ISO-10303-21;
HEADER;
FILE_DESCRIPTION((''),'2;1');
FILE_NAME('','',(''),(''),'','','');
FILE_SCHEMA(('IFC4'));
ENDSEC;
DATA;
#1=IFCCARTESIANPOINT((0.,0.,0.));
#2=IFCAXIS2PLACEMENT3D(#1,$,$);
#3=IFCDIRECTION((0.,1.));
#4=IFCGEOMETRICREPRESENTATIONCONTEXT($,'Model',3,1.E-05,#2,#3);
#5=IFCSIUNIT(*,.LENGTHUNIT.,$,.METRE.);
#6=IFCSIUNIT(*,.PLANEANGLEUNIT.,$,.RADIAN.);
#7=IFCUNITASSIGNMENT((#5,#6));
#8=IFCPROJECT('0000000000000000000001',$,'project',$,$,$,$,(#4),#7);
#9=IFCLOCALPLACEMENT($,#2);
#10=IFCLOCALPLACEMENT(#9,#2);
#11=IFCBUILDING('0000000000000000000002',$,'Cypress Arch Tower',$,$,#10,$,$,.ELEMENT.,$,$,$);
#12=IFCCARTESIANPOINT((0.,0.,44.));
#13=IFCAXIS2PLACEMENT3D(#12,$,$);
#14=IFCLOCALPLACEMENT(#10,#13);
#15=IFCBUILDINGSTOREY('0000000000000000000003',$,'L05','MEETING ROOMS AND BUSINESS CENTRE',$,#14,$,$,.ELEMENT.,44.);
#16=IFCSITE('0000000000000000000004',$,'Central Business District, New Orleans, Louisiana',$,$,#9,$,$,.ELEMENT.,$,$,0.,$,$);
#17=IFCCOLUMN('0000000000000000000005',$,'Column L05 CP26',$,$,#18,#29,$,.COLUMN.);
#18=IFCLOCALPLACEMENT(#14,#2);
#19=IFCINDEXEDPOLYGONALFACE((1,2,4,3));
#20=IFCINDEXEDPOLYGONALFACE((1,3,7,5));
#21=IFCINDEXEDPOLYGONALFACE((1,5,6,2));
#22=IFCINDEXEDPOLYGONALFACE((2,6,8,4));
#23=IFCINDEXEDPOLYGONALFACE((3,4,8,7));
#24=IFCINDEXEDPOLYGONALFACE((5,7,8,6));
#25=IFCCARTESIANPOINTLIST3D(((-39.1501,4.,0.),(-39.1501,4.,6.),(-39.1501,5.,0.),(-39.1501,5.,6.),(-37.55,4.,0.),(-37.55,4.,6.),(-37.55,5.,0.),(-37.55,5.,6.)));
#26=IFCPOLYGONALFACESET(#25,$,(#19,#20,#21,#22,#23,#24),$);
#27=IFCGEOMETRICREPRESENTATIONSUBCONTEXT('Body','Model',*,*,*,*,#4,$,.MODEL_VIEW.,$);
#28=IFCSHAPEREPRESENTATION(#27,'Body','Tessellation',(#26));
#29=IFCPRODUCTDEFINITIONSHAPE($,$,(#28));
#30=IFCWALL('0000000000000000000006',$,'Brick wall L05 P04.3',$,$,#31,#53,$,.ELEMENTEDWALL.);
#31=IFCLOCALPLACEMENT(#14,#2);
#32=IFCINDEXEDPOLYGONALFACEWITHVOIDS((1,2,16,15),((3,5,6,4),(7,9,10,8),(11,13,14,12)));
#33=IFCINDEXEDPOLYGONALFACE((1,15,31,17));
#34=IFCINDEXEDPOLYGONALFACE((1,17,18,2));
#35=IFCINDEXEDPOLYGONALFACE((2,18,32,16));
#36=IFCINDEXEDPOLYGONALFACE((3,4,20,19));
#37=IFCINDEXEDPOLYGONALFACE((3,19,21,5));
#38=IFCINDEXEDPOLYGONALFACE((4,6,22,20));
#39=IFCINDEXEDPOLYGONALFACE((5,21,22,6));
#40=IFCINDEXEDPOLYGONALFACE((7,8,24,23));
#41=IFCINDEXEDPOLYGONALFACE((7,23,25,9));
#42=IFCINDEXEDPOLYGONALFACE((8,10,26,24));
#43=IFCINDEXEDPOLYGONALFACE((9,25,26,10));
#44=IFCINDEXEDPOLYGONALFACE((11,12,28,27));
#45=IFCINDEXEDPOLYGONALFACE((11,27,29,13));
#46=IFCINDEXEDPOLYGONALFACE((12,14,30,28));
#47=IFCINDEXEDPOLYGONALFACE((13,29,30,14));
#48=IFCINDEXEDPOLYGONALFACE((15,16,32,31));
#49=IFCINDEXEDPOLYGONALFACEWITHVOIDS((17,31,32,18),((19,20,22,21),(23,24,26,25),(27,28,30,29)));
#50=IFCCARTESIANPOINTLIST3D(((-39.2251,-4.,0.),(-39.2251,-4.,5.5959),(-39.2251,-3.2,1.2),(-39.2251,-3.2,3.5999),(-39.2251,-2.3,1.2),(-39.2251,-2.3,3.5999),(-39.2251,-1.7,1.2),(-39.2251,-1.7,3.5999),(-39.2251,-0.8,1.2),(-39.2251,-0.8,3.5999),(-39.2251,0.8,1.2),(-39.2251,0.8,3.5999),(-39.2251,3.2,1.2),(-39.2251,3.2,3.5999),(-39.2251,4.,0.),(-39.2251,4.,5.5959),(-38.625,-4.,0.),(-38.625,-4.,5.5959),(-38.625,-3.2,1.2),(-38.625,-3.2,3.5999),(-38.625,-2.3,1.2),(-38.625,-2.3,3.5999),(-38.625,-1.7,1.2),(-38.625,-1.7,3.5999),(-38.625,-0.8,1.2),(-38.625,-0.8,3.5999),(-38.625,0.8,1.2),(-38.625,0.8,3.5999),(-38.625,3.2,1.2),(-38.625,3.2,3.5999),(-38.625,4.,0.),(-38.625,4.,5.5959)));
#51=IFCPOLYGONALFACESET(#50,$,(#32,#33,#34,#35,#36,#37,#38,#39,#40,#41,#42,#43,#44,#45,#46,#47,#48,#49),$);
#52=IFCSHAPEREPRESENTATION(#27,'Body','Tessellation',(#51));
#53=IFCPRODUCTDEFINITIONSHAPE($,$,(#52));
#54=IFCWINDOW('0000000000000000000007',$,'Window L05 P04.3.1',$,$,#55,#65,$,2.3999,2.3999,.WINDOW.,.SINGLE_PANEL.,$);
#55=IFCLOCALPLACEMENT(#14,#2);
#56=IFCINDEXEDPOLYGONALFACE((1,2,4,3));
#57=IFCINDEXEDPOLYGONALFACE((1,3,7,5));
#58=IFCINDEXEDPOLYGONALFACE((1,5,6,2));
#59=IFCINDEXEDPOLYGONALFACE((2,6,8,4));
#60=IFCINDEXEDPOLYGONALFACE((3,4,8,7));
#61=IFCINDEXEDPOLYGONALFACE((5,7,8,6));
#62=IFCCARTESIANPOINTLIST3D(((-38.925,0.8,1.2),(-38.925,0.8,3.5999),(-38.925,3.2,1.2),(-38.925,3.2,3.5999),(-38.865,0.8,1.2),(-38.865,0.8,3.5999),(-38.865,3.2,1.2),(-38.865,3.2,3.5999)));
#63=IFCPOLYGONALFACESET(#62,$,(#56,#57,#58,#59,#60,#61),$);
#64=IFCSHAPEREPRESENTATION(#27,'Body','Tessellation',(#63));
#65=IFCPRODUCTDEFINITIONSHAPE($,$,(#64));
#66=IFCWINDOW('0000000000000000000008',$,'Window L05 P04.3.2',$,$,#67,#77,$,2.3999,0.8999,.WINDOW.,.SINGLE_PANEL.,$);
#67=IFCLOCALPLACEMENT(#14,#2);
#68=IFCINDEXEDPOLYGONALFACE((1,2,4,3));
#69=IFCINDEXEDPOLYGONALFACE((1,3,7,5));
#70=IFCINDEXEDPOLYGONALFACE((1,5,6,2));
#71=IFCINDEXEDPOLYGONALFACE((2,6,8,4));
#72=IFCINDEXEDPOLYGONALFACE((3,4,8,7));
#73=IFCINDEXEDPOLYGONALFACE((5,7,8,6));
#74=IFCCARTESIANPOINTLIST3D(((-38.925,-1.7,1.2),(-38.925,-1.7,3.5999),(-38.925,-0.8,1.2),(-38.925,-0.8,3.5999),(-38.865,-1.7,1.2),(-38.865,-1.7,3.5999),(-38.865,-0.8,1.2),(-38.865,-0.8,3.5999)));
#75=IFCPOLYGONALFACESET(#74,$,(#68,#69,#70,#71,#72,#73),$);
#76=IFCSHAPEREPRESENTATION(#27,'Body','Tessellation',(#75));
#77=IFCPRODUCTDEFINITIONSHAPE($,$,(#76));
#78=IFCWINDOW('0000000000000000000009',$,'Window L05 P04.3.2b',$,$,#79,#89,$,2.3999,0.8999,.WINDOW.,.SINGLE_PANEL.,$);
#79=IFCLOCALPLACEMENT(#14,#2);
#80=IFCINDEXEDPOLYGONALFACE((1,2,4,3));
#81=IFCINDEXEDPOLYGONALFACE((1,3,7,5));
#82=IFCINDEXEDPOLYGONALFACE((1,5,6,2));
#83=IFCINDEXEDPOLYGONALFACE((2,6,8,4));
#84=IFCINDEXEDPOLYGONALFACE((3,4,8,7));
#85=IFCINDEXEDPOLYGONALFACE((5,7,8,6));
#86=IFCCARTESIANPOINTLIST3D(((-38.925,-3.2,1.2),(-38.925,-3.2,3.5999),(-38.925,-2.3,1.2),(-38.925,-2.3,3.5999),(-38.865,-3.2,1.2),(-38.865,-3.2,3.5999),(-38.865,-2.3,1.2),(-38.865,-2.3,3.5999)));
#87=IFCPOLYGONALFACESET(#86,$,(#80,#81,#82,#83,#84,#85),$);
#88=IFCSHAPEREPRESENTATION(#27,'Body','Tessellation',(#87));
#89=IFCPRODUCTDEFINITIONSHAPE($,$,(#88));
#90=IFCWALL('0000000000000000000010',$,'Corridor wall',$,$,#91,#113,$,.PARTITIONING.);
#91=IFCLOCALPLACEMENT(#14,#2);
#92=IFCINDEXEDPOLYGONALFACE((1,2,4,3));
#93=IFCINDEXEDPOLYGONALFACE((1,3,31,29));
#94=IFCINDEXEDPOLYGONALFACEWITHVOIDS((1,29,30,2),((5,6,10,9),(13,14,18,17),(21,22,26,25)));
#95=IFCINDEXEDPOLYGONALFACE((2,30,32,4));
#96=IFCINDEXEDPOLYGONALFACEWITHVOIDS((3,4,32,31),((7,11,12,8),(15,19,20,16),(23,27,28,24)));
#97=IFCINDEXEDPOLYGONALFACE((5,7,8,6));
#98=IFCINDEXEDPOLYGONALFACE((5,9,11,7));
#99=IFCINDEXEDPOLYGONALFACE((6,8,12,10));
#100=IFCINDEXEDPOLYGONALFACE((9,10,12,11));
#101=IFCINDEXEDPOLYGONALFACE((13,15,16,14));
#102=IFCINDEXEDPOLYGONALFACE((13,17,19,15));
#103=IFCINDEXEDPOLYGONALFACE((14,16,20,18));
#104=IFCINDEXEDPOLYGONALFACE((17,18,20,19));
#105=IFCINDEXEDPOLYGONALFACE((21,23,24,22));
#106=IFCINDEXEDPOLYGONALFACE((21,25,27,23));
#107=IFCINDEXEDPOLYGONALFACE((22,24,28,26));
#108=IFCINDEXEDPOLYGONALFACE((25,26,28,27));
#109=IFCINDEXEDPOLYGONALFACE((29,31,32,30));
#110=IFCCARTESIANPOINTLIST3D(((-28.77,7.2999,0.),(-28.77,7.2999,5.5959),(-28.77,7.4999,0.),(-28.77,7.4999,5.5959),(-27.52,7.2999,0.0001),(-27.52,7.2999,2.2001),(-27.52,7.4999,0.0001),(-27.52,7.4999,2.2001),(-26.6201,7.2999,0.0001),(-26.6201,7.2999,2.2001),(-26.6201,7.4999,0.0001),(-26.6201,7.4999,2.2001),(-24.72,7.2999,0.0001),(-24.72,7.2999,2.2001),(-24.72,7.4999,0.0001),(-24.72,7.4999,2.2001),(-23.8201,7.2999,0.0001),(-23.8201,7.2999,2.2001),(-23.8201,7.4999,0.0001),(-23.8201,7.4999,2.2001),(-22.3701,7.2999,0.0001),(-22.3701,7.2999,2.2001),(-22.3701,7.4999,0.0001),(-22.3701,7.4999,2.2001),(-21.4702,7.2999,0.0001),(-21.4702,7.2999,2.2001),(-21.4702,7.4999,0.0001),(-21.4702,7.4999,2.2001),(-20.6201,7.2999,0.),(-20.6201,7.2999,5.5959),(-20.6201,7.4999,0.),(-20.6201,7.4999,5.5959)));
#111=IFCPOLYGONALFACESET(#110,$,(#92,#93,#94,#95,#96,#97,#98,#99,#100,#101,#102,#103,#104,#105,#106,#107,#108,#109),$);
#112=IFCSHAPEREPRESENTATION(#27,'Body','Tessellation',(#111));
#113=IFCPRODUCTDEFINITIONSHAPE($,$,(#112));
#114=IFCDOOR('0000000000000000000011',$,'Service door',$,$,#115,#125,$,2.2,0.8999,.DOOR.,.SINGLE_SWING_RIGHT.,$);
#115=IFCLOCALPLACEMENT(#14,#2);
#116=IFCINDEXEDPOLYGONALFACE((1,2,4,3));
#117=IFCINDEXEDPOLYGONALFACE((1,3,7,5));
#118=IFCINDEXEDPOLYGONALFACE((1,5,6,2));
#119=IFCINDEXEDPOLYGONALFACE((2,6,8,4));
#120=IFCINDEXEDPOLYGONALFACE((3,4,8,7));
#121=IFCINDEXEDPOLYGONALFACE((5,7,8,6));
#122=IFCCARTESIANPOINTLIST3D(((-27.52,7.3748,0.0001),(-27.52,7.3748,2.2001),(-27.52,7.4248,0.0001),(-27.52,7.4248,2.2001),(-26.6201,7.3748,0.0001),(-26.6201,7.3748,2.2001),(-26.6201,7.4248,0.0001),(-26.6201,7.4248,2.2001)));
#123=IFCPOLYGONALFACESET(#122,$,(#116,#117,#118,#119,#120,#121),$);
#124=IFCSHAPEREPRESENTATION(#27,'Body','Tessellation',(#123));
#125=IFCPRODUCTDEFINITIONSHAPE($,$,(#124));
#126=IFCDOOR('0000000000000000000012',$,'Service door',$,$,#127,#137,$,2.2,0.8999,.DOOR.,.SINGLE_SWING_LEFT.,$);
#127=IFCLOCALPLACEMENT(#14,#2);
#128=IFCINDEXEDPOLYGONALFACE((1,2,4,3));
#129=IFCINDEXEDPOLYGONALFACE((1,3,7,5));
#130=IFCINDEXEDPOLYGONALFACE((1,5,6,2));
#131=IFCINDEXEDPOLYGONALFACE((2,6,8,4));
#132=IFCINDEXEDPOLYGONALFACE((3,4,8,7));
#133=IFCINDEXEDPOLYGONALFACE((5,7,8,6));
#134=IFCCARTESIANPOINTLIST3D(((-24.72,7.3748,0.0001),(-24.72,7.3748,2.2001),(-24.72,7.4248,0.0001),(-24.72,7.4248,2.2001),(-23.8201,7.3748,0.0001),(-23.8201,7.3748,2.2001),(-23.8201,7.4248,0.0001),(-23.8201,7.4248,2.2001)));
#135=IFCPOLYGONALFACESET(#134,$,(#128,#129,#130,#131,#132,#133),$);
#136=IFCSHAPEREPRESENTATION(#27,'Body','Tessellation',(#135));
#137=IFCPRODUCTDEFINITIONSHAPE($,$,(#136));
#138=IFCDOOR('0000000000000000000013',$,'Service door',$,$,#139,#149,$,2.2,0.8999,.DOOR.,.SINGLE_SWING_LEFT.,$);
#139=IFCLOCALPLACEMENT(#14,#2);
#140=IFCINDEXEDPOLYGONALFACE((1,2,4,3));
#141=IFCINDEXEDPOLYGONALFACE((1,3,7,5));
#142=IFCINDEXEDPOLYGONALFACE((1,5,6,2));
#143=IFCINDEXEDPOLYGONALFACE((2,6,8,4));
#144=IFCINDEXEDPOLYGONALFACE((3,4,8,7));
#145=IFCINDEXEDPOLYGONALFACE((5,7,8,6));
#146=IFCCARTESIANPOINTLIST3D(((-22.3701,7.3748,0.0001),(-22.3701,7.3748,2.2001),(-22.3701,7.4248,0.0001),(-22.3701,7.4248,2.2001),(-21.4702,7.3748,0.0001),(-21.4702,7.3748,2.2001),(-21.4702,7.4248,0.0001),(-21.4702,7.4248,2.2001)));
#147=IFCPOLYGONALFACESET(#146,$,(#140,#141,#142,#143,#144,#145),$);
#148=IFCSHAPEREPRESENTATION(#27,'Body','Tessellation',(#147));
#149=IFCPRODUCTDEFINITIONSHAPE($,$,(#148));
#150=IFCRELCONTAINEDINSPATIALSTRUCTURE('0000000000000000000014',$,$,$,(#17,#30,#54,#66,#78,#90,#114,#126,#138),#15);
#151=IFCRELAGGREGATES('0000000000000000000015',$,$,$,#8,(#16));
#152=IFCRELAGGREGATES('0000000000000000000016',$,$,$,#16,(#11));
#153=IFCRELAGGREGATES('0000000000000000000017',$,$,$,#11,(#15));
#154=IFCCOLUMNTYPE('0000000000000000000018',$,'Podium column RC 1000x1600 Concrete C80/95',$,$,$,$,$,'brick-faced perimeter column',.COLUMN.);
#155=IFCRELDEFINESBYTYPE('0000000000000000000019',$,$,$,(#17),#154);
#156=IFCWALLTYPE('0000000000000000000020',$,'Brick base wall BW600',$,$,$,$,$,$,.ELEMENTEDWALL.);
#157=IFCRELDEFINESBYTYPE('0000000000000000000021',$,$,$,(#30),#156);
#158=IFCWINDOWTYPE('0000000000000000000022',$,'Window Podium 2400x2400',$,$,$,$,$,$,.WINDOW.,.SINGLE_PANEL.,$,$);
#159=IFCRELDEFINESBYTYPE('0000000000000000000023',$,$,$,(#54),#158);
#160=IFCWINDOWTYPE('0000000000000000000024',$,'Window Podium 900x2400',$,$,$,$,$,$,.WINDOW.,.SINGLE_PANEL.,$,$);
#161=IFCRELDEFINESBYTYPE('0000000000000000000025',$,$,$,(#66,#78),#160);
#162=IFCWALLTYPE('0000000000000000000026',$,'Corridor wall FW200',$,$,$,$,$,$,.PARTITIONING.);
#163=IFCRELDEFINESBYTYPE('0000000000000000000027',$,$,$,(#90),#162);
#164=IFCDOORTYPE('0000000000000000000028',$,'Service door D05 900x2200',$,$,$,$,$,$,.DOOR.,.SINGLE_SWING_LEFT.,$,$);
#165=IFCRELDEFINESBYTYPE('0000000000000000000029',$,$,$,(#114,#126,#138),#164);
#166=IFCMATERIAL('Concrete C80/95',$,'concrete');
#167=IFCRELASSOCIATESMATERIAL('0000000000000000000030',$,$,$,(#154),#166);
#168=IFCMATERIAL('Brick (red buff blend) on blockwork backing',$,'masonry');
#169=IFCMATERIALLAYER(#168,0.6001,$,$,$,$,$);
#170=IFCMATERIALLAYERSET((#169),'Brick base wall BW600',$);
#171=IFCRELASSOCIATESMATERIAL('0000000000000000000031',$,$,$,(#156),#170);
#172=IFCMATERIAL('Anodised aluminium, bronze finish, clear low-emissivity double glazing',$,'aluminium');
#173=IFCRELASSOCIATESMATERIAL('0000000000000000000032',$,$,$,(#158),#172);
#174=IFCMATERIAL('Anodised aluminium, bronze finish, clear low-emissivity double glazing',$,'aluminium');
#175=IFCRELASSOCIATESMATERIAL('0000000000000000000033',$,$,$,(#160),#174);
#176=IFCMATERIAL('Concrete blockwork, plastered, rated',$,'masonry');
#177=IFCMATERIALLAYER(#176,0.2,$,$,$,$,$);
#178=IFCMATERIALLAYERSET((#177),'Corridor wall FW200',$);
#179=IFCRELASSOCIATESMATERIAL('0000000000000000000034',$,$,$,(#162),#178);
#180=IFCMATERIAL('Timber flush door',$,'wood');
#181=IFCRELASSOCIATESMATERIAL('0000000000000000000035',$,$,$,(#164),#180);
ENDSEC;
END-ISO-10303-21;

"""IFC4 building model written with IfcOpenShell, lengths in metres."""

from ifc_helpers import new_model, si_unit, direction, frame, frame_2d, origin, origin_2d, place, context, subcontext, project, spatial, rectangle, extrude, material, layer, layer_set, material_profile, profile_set, type_object, element, fill, save


model = new_model("IFC4")

# Units and contexts
model_context = context("Model", 3, precision=1e-05, world=origin(), true_north=direction((0.0, 1.0)))
body_context = subcontext(model_context, "Body", "Model", "MODEL_VIEW")
ifc_project = project(units=[si_unit("LENGTHUNIT", "METRE"), si_unit("PLANEANGLEUNIT", "RADIAN")], contexts=[model_context])

# Site, building, storey
site_placement = place(None, origin())
site = spatial("IfcSite", under=ifc_project, at=site_placement, Name="Central Business District, New Orleans, Louisiana", CompositionType="ELEMENT", RefElevation=0.0)
building_placement = place(site_placement, origin())
building = spatial("IfcBuilding", under=site, at=building_placement, Name="Cypress Arch Tower", CompositionType="ELEMENT")
storey_placement = place(building_placement, frame((0.0, 0.0, 44.0)))
storey = spatial("IfcBuildingStorey", under=building, at=storey_placement, Name="L05", Description="MEETING ROOMS AND BUSINESS CENTRE", CompositionType="ELEMENT", Elevation=44.0)

# Column
ifc_material_1 = material(Name="Concrete C80/95", Category="concrete")
ifc_material_profile = material_profile(ifc_material_1, rectangle(XDim=1.0, YDim=1.6001, at=origin_2d()), Name="RC 1000x1600")
ifc_profile_set = profile_set([ifc_material_profile], Name="Concrete C80/95")
column_type = type_object("IfcColumnType", Name="Podium column RC 1000x1600 Concrete C80/95", ElementType="brick-faced perimeter column", PredefinedType="COLUMN", material=ifc_profile_set)
column_placement = place(storey_placement, frame((-38.3501, 4.5, 0.0), z_axis=(0.0, 0.0, 1.0), x_axis=(0.0, -1.0, 0.0)))
element("IfcColumn", 1, at=column_placement, inside=storey, type_object=column_type, Name="Column L05 CP26", PredefinedType="COLUMN", context=body_context, shape_type="SweptSolid", body=[
    extrude(rectangle(XDim=1.0, YDim=1.6001, at=origin_2d()), origin(), (0.0, 0.0, 1.0), 6.0),
])

# Wall, openings, windows
ifc_material_2 = material(Name="Brick (red buff blend) on blockwork backing", Category="masonry")
ifc_layer_1 = layer(ifc_material_2, 0.6001)
ifc_layer_set_1 = layer_set([ifc_layer_1], Name="Brick base wall BW600")
wall_type_1 = type_object("IfcWallType", Name="Brick base wall BW600", PredefinedType="ELEMENTEDWALL", material=ifc_layer_set_1)
wall_1_placement = place(storey_placement, frame((-38.925, 4.0, 0.0), z_axis=(0.0, 0.0, 1.0), x_axis=(0.0, -1.0, 0.0)))
wall_1 = element("IfcWall", 2, at=wall_1_placement, inside=storey, type_object=wall_type_1, Name="Brick wall L05 P04.3", PredefinedType="ELEMENTEDWALL", context=body_context, shape_type="SweptSolid", body=[
    extrude(rectangle(XDim=8.0, YDim=0.6001, at=frame_2d((4.0, 0.0))), origin(), (0.0, 0.0, 1.0), 5.5959),
])
opening_1_placement = place(wall_1_placement, frame((0.8, 0.0, 1.2)))
opening_1 = element("IfcOpeningElement", 3, at=opening_1_placement, cuts=wall_1, PredefinedType="OPENING", context=body_context, shape_type="SweptSolid", body=[
    extrude(rectangle(XDim=2.3999, YDim=2.3999, at=frame_2d((1.2, 1.2))), frame((0.0, 0.3101, 0.0), z_axis=(0.0, -1.0, 0.0), x_axis=(1.0, 0.0, 0.0)), (0.0, 0.0, 1.0), 0.6201),
])
opening_2_placement = place(wall_1_placement, frame((4.8, 0.0, 1.2)))
opening_2 = element("IfcOpeningElement", 4, at=opening_2_placement, cuts=wall_1, PredefinedType="OPENING", context=body_context, shape_type="SweptSolid", body=[
    extrude(rectangle(XDim=0.8999, YDim=2.3999, at=frame_2d((0.45, 1.2))), frame((0.0, 0.3101, 0.0), z_axis=(0.0, -1.0, 0.0), x_axis=(1.0, 0.0, 0.0)), (0.0, 0.0, 1.0), 0.6201),
])
opening_3_placement = place(wall_1_placement, frame((6.3, 0.0, 1.2)))
opening_3 = element("IfcOpeningElement", 5, at=opening_3_placement, cuts=wall_1, PredefinedType="OPENING", context=body_context, shape_type="SweptSolid", body=[
    extrude(rectangle(XDim=0.8999, YDim=2.3999, at=frame_2d((0.45, 1.2))), frame((0.0, 0.3101, 0.0), z_axis=(0.0, -1.0, 0.0), x_axis=(1.0, 0.0, 0.0)), (0.0, 0.0, 1.0), 0.6201),
])
ifc_material_3 = material(Name="Anodised aluminium, bronze finish, clear low-emissivity double glazing", Category="aluminium")
window_type_1 = type_object("IfcWindowType", Name="Window Podium 2400x2400", PartitioningType="SINGLE_PANEL", PredefinedType="WINDOW", material=ifc_material_3)
window_1_placement = place(opening_1_placement, origin())
window_1 = element("IfcWindow", 6, at=window_1_placement, inside=storey, type_object=window_type_1, Name="Window L05 P04.3.1", OverallHeight=2.3999, OverallWidth=2.3999, PartitioningType="SINGLE_PANEL", PredefinedType="WINDOW", context=body_context, shape_type="SweptSolid", body=[
    extrude(rectangle(XDim=2.3999, YDim=2.3999, at=frame_2d((1.2, 1.2))), frame((0.0, 0.0601, 0.0), z_axis=(0.0, -1.0, 0.0), x_axis=(1.0, 0.0, 0.0)), (0.0, 0.0, 1.0), 0.0601),
])
fill(opening_1, window_1)
ifc_material_4 = material(Name="Anodised aluminium, bronze finish, clear low-emissivity double glazing", Category="aluminium")
window_type_2 = type_object("IfcWindowType", Name="Window Podium 900x2400", PartitioningType="SINGLE_PANEL", PredefinedType="WINDOW", material=ifc_material_4)
window_2_placement = place(opening_2_placement, origin())
window_2 = element("IfcWindow", 7, at=window_2_placement, inside=storey, type_object=window_type_2, Name="Window L05 P04.3.2", OverallHeight=2.3999, OverallWidth=0.8999, PartitioningType="SINGLE_PANEL", PredefinedType="WINDOW", context=body_context, shape_type="SweptSolid", body=[
    extrude(rectangle(XDim=0.8999, YDim=2.3999, at=frame_2d((0.45, 1.2))), frame((0.0, 0.0601, 0.0), z_axis=(0.0, -1.0, 0.0), x_axis=(1.0, 0.0, 0.0)), (0.0, 0.0, 1.0), 0.0601),
])
fill(opening_2, window_2)
window_3_placement = place(opening_3_placement, origin())
window_3 = element("IfcWindow", 8, at=window_3_placement, inside=storey, type_object=window_type_2, Name="Window L05 P04.3.2b", OverallHeight=2.3999, OverallWidth=0.8999, PartitioningType="SINGLE_PANEL", PredefinedType="WINDOW", context=body_context, shape_type="SweptSolid", body=[
    extrude(rectangle(XDim=0.8999, YDim=2.3999, at=frame_2d((0.45, 1.2))), frame((0.0, 0.0601, 0.0), z_axis=(0.0, -1.0, 0.0), x_axis=(1.0, 0.0, 0.0)), (0.0, 0.0, 1.0), 0.0601),
])
fill(opening_3, window_3)

# Wall, openings, doors
ifc_material_5 = material(Name="Concrete blockwork, plastered, rated", Category="masonry")
ifc_layer_2 = layer(ifc_material_5, 0.2)
ifc_layer_set_2 = layer_set([ifc_layer_2], Name="Corridor wall FW200")
wall_type_2 = type_object("IfcWallType", Name="Corridor wall FW200", PredefinedType="PARTITIONING", material=ifc_layer_set_2)
wall_2_placement = place(storey_placement, frame((-28.77, 7.3999, 0.0), z_axis=(0.0, 0.0, 1.0), x_axis=(1.0, 0.0, 0.0)))
wall_2 = element("IfcWall", 9, at=wall_2_placement, inside=storey, type_object=wall_type_2, Name="Corridor wall", PredefinedType="PARTITIONING", context=body_context, shape_type="SweptSolid", body=[
    extrude(rectangle(XDim=8.1499, YDim=0.2, at=frame_2d((4.075, 0.0))), origin(), (0.0, 0.0, 1.0), 5.5959),
])
opening_4_placement = place(wall_2_placement, frame((1.25, 0.0, 0.0)))
opening_4 = element("IfcOpeningElement", 10, at=opening_4_placement, cuts=wall_2, PredefinedType="OPENING", context=body_context, shape_type="SweptSolid", body=[
    extrude(rectangle(XDim=0.8999, YDim=2.2, at=frame_2d((0.45, 1.1001))), frame((0.0, 0.1099, 0.0), z_axis=(0.0, -1.0, 0.0), x_axis=(1.0, 0.0, 0.0)), (0.0, 0.0, 1.0), 0.22),
])
opening_5_placement = place(wall_2_placement, frame((4.05, 0.0, 0.0)))
opening_5 = element("IfcOpeningElement", 11, at=opening_5_placement, cuts=wall_2, PredefinedType="OPENING", context=body_context, shape_type="SweptSolid", body=[
    extrude(rectangle(XDim=0.8999, YDim=2.2, at=frame_2d((0.45, 1.1001))), frame((0.0, 0.1099, 0.0), z_axis=(0.0, -1.0, 0.0), x_axis=(1.0, 0.0, 0.0)), (0.0, 0.0, 1.0), 0.22),
])
opening_6_placement = place(wall_2_placement, frame((6.3999, 0.0, 0.0)))
opening_6 = element("IfcOpeningElement", 12, at=opening_6_placement, cuts=wall_2, PredefinedType="OPENING", context=body_context, shape_type="SweptSolid", body=[
    extrude(rectangle(XDim=0.8999, YDim=2.2, at=frame_2d((0.45, 1.1001))), frame((0.0, 0.1099, 0.0), z_axis=(0.0, -1.0, 0.0), x_axis=(1.0, 0.0, 0.0)), (0.0, 0.0, 1.0), 0.22),
])
ifc_material_6 = material(Name="Timber flush door", Category="wood")
door_type = type_object("IfcDoorType", Name="Service door D05 900x2200", OperationType="SINGLE_SWING_LEFT", PredefinedType="DOOR", material=ifc_material_6)
door_1_placement = place(opening_4_placement, origin())
door_1 = element("IfcDoor", 13, at=door_1_placement, inside=storey, type_object=door_type, Name="Service door", OperationType="SINGLE_SWING_RIGHT", OverallHeight=2.2, OverallWidth=0.8999, PredefinedType="DOOR", context=body_context, shape_type="SweptSolid", body=[
    extrude(rectangle(XDim=0.8999, YDim=2.2, at=frame_2d((0.45, 1.1001))), frame((0.0, 0.0249, 0.0), z_axis=(0.0, -1.0, 0.0), x_axis=(1.0, 0.0, 0.0)), (0.0, 0.0, 1.0), 0.05),
])
fill(opening_4, door_1)
door_2_placement = place(opening_5_placement, origin())
door_2 = element("IfcDoor", 14, at=door_2_placement, inside=storey, type_object=door_type, Name="Service door", OperationType="SINGLE_SWING_LEFT", OverallHeight=2.2, OverallWidth=0.8999, PredefinedType="DOOR", context=body_context, shape_type="SweptSolid", body=[
    extrude(rectangle(XDim=0.8999, YDim=2.2, at=frame_2d((0.45, 1.1001))), frame((0.0, 0.0249, 0.0), z_axis=(0.0, -1.0, 0.0), x_axis=(1.0, 0.0, 0.0)), (0.0, 0.0, 1.0), 0.05),
])
fill(opening_5, door_2)
door_3_placement = place(opening_6_placement, origin())
door_3 = element("IfcDoor", 15, at=door_3_placement, inside=storey, type_object=door_type, Name="Service door", OperationType="SINGLE_SWING_LEFT", OverallHeight=2.2, OverallWidth=0.8999, PredefinedType="DOOR", context=body_context, shape_type="SweptSolid", body=[
    extrude(rectangle(XDim=0.8999, YDim=2.2, at=frame_2d((0.45, 1.1001))), frame((0.0, 0.0249, 0.0), z_axis=(0.0, -1.0, 0.0), x_axis=(1.0, 0.0, 0.0)), (0.0, 0.0, 1.0), 0.05),
])
fill(opening_6, door_3)

save(model, "model.ifc")
